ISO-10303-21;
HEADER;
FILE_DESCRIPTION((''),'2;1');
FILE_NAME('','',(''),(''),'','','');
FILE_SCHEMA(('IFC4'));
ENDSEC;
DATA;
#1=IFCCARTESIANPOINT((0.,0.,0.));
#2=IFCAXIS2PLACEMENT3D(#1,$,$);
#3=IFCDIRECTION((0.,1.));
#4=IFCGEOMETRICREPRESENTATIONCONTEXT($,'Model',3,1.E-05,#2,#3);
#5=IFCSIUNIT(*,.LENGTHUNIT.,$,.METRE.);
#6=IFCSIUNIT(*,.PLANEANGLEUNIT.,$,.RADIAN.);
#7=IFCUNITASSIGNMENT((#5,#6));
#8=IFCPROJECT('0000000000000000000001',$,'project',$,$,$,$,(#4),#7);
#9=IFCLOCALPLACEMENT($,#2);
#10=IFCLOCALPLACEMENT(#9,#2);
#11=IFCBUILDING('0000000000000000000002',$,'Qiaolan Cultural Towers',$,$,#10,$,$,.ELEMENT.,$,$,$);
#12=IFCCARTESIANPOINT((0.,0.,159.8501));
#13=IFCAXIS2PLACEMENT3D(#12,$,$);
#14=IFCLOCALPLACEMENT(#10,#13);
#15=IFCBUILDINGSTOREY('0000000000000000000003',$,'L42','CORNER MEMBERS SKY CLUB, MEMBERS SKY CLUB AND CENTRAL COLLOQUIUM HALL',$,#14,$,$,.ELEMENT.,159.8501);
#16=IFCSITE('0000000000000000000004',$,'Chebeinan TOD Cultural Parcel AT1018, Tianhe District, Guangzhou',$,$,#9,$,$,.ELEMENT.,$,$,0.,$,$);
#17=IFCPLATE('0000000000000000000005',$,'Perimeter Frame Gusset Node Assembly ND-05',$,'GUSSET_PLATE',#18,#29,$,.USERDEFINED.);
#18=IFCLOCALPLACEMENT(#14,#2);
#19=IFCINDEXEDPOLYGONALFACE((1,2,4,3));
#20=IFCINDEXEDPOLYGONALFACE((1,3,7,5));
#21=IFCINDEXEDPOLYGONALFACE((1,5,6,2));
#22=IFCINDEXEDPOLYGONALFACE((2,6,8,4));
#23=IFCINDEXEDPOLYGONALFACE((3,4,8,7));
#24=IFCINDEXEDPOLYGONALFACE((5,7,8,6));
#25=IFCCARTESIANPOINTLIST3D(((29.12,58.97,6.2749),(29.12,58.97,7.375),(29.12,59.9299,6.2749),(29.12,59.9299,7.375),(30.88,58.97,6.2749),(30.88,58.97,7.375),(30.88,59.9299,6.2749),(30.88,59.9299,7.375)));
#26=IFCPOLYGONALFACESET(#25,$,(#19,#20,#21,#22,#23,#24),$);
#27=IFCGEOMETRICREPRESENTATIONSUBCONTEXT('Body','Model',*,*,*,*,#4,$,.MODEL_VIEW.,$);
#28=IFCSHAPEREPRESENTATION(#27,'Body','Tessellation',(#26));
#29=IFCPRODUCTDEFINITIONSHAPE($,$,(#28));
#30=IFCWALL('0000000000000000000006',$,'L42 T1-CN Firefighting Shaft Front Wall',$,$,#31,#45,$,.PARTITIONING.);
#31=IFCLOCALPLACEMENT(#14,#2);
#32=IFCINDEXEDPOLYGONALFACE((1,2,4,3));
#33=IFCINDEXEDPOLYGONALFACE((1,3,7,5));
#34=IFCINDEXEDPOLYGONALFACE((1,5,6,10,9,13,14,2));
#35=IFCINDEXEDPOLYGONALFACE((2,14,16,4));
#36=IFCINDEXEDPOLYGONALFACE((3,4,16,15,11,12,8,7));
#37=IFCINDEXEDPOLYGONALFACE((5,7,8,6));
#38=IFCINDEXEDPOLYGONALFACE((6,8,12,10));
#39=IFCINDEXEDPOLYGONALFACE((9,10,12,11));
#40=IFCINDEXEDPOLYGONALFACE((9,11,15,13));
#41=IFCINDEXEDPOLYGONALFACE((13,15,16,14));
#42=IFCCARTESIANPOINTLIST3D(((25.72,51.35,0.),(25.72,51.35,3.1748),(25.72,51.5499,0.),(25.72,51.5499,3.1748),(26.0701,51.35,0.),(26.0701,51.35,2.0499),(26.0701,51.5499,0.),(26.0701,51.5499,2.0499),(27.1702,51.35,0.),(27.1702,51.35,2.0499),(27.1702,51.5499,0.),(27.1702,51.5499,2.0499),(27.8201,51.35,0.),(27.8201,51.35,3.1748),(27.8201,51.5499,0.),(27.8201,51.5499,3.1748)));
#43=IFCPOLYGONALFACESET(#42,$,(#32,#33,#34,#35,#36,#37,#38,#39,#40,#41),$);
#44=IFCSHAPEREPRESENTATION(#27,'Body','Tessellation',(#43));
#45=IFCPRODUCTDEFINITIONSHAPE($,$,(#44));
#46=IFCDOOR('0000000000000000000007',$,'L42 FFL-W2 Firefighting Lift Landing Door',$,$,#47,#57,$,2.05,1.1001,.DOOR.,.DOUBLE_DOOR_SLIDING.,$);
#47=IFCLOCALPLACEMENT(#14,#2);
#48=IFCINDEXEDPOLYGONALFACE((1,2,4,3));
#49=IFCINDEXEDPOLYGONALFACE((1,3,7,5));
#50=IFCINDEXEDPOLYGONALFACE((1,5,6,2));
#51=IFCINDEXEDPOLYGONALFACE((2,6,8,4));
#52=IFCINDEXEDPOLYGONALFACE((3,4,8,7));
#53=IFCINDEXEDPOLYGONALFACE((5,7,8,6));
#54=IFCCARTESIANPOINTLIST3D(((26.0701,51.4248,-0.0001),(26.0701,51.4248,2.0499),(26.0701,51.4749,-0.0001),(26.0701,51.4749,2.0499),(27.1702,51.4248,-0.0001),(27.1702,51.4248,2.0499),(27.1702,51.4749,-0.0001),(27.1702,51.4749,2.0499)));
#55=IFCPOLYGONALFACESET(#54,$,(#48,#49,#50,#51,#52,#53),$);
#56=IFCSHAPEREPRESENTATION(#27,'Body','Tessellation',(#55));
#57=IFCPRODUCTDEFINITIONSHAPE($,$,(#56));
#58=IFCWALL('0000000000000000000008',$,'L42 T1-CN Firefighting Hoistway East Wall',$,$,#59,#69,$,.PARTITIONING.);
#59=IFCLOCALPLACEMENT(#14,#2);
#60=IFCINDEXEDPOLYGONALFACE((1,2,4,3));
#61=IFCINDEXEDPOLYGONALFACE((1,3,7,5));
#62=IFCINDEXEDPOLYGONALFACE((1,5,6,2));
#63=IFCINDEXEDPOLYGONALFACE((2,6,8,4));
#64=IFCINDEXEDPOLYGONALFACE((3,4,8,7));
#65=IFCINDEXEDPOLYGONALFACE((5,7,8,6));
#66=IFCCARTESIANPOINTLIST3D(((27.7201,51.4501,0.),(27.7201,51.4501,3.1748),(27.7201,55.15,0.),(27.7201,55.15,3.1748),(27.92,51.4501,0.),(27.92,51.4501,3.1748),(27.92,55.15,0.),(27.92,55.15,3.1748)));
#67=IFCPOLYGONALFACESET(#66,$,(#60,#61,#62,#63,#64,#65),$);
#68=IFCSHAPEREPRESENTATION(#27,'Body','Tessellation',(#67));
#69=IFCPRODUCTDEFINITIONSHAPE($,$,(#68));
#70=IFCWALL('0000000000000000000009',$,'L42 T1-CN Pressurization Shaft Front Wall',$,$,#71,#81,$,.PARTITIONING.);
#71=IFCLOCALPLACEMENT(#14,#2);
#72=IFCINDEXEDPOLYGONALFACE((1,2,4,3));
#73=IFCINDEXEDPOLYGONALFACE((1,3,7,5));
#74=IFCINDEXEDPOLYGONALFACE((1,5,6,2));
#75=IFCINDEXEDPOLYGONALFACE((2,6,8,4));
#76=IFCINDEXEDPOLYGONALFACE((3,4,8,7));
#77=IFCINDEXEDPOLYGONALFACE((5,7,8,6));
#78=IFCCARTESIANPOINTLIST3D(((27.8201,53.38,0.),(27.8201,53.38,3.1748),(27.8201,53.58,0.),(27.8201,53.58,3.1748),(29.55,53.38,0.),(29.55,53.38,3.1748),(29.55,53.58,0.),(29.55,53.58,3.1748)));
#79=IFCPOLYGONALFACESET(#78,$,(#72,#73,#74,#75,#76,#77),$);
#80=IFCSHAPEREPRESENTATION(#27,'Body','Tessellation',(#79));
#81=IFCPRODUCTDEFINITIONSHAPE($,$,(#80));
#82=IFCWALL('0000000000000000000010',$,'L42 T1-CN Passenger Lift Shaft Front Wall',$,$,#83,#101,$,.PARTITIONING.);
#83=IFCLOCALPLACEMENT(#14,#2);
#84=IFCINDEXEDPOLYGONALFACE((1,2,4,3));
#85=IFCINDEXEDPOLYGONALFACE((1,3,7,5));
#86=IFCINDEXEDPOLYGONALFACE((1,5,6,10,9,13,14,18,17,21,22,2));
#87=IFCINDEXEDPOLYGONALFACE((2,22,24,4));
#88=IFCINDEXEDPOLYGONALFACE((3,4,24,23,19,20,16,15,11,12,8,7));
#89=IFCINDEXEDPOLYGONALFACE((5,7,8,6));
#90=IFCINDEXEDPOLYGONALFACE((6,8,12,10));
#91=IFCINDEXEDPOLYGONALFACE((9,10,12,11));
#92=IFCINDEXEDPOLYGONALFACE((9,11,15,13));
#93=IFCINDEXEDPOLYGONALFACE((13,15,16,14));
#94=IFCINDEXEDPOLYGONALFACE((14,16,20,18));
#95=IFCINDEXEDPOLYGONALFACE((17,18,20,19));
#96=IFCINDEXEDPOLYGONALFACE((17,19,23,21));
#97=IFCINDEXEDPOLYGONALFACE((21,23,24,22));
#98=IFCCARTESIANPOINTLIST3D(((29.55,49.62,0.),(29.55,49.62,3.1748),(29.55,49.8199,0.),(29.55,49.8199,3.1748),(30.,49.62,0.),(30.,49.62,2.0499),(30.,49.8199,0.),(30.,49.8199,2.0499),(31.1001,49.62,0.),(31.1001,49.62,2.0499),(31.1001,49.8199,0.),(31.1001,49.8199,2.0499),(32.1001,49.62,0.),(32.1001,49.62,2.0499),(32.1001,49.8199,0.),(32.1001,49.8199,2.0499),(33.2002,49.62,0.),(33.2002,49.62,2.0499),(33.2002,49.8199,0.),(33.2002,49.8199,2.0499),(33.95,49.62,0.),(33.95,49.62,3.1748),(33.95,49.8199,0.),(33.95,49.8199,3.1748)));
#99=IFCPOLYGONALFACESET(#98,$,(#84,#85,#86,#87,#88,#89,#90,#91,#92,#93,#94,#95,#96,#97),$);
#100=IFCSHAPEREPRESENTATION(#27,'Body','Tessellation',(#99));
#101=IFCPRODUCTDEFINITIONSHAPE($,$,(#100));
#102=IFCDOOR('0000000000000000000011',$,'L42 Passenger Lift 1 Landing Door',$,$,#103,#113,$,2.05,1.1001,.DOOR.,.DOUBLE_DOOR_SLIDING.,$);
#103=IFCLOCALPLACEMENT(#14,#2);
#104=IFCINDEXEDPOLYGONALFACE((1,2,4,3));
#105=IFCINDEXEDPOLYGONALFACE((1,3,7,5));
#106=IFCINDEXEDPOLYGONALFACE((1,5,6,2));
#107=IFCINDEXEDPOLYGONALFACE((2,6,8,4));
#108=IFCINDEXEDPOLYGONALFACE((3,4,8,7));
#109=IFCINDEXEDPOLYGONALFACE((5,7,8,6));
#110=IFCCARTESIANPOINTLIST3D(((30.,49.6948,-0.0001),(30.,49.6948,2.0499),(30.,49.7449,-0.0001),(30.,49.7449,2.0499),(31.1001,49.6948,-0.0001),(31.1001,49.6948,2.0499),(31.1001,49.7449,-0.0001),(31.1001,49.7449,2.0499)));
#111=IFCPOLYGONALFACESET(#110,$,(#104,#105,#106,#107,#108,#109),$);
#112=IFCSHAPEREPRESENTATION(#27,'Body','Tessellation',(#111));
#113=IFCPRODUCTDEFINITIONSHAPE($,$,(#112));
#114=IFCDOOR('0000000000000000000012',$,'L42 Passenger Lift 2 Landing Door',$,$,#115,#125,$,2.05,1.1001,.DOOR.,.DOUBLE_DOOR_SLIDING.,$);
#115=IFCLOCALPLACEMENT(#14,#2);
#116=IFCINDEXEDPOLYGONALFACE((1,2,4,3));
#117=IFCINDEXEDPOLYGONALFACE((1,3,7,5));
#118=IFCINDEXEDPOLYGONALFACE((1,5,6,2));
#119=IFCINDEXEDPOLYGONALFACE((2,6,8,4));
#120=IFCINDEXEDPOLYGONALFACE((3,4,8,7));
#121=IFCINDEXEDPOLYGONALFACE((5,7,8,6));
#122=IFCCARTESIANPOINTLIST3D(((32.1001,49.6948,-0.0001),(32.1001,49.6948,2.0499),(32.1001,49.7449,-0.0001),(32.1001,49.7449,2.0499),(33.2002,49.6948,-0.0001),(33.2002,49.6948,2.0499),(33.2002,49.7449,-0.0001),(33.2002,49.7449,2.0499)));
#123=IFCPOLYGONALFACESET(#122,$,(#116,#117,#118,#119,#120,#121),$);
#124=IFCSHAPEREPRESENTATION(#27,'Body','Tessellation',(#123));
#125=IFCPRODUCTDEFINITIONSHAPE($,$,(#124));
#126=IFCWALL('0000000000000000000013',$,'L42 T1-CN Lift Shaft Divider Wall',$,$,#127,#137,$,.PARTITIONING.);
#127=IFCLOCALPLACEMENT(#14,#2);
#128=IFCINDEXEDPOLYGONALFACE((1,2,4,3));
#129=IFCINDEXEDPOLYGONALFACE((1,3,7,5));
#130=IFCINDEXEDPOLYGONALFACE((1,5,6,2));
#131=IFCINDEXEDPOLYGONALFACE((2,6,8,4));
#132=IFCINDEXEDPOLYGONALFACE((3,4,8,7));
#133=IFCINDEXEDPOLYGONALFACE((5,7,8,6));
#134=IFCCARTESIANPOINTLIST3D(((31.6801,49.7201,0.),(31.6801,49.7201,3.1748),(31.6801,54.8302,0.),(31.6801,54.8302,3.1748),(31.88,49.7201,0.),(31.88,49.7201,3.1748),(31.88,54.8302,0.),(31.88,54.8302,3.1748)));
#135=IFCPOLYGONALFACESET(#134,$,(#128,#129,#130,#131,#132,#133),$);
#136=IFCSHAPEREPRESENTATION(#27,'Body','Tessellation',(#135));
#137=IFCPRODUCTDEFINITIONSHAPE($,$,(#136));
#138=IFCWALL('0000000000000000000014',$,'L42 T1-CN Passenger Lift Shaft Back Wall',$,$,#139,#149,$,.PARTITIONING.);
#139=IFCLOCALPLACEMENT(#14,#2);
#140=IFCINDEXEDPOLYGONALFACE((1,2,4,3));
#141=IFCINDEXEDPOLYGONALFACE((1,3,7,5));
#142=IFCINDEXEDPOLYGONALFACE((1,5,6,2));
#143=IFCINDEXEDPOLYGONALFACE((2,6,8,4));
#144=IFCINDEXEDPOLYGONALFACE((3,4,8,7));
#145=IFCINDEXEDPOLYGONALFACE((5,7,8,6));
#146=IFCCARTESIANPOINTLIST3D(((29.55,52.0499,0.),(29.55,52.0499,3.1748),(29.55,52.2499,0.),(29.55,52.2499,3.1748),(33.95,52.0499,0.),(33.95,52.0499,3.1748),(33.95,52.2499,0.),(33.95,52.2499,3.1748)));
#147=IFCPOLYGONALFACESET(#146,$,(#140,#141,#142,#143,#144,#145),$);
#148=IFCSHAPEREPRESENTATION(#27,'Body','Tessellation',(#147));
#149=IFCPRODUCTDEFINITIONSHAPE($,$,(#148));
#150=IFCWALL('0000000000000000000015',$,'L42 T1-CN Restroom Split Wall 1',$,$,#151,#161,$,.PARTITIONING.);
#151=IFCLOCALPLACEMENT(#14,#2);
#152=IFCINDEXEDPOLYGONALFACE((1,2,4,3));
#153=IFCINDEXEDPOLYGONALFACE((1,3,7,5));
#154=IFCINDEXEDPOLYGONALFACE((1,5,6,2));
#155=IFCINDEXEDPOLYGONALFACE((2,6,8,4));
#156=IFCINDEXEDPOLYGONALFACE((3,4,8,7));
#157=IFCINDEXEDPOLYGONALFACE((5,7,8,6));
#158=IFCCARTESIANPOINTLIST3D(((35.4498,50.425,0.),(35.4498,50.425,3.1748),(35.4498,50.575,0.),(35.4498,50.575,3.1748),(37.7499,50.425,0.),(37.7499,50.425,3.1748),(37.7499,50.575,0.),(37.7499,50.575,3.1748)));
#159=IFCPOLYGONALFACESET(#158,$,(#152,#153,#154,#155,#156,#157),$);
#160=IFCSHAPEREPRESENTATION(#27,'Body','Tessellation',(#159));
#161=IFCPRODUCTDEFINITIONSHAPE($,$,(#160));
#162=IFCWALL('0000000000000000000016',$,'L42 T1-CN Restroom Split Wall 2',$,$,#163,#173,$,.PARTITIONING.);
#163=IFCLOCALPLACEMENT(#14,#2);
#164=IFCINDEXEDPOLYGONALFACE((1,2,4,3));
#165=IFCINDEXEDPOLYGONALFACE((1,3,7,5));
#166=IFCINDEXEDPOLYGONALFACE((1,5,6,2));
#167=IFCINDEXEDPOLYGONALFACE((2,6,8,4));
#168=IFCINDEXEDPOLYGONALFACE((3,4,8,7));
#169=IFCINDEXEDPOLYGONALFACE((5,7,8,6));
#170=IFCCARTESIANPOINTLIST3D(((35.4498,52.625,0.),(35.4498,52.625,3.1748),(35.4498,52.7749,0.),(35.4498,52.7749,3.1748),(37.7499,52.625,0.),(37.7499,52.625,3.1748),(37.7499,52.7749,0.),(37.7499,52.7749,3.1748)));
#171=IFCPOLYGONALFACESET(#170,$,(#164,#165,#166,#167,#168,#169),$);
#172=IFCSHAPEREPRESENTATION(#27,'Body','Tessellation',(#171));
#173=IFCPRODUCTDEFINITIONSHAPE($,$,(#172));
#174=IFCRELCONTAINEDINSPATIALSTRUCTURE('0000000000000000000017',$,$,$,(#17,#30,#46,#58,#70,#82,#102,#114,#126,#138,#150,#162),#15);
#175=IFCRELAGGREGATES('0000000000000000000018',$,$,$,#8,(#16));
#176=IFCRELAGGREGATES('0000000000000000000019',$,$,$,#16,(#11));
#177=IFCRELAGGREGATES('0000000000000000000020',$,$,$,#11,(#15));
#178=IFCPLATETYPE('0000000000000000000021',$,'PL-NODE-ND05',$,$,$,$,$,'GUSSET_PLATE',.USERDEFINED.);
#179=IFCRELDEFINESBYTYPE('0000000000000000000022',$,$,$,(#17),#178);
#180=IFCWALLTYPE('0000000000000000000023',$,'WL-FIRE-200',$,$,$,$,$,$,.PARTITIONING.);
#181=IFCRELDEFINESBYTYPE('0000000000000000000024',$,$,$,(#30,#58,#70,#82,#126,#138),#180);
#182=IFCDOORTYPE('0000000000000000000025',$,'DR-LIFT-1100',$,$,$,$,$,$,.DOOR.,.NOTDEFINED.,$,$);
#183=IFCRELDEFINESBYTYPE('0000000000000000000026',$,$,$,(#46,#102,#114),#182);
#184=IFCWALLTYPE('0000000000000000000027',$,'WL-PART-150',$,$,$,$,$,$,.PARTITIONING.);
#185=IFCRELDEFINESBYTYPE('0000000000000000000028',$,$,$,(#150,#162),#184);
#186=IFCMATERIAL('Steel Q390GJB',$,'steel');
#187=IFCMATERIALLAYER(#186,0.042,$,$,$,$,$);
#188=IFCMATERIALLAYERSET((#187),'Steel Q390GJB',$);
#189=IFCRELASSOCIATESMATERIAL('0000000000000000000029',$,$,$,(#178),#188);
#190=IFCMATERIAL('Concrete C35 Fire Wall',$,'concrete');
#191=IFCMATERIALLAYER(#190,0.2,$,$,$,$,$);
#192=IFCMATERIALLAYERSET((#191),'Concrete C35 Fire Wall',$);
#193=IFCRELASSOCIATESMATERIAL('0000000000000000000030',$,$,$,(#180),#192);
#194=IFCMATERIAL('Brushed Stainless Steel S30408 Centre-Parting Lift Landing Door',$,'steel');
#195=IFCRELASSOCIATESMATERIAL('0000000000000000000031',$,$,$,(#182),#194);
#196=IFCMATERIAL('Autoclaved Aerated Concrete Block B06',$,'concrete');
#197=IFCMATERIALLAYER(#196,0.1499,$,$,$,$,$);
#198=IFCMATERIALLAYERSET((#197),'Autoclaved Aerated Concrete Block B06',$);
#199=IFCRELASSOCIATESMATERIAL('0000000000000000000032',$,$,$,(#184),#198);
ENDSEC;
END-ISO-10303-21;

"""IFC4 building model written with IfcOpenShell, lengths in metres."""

from ifc_helpers import new_model, si_unit, direction, frame, frame_2d, origin, origin_2d, place, context, subcontext, project, spatial, rectangle, extrude, material, layer, layer_set, type_object, element, fill, save


model = new_model("IFC4")

# Units and contexts
model_context = context("Model", 3, precision=1e-05, world=origin(), true_north=direction((0.0, 1.0)))
body_context = subcontext(model_context, "Body", "Model", "MODEL_VIEW")
ifc_project = project(units=[si_unit("LENGTHUNIT", "METRE"), si_unit("PLANEANGLEUNIT", "RADIAN")], contexts=[model_context])

# Site, building, storey
site_placement = place(None, origin())
site = spatial("IfcSite", under=ifc_project, at=site_placement, Name="Chebeinan TOD Cultural Parcel AT1018, Tianhe District, Guangzhou", CompositionType="ELEMENT", RefElevation=0.0)
building_placement = place(site_placement, origin())
building = spatial("IfcBuilding", under=site, at=building_placement, Name="Qiaolan Cultural Towers", CompositionType="ELEMENT")
storey_placement = place(building_placement, frame((0.0, 0.0, 159.8501)))
storey = spatial("IfcBuildingStorey", under=building, at=storey_placement, Name="L42", Description="CORNER MEMBERS SKY CLUB, MEMBERS SKY CLUB AND CENTRAL COLLOQUIUM HALL", CompositionType="ELEMENT", Elevation=159.8501)

# Plate
ifc_material_1 = material(Name="Steel Q390GJB", Category="steel")
ifc_layer_1 = layer(ifc_material_1, 0.042)
ifc_layer_set_1 = layer_set([ifc_layer_1], Name="Steel Q390GJB")
plate_type_1 = type_object("IfcPlateType", Name="PL-NODE-ND05", ElementType="GUSSET_PLATE", PredefinedType="USERDEFINED", material=ifc_layer_set_1)
plate_placement = place(storey_placement, frame((30.0, 59.45, 6.2749), z_axis=(0.0, 0.0, 1.0), x_axis=(1.0, 0.0, 0.0)))
element("IfcPlate", 1, at=plate_placement, inside=storey, type_object=plate_type_1, Name="Perimeter Frame Gusset Node Assembly ND-05", ObjectType="GUSSET_PLATE", PredefinedType="USERDEFINED", context=body_context, shape_type="SweptSolid", body=[
    extrude(rectangle(XDim=1.76, YDim=0.96, at=origin_2d()), origin(), (0.0, 0.0, 1.0), 1.1001),
])

# Wall, opening, door
ifc_material_2 = material(Name="Concrete C35 Fire Wall", Category="concrete")
ifc_layer_2 = layer(ifc_material_2, 0.2)
ifc_layer_set_2 = layer_set([ifc_layer_2], Name="Concrete C35 Fire Wall")
wall_type_1 = type_object("IfcWallType", Name="WL-FIRE-200", PredefinedType="PARTITIONING", material=ifc_layer_set_2)
wall_1_placement = place(storey_placement, frame((25.72, 51.45, 0.0), z_axis=(0.0, 0.0, 1.0), x_axis=(1.0, 0.0, 0.0)))
wall_1 = element("IfcWall", 2, at=wall_1_placement, inside=storey, type_object=wall_type_1, Name="L42 T1-CN Firefighting Shaft Front Wall", PredefinedType="PARTITIONING", context=body_context, shape_type="SweptSolid", body=[
    extrude(rectangle(XDim=2.1001, YDim=0.2, at=frame_2d((1.05, 0.0))), origin(), (0.0, 0.0, 1.0), 3.1748),
])
opening_1_placement = place(wall_1_placement, frame((0.3501, 0.0, 0.0)))
opening_1 = element("IfcOpeningElement", 3, at=opening_1_placement, cuts=wall_1, PredefinedType="OPENING", context=body_context, shape_type="SweptSolid", body=[
    extrude(rectangle(XDim=1.1001, YDim=2.05, at=frame_2d((0.55, 1.0249))), frame((0.0, 0.1099, 0.0), z_axis=(0.0, -1.0, 0.0), x_axis=(1.0, 0.0, 0.0)), (0.0, 0.0, 1.0), 0.22),
])
ifc_material_3 = material(Name="Brushed Stainless Steel S30408 Centre-Parting Lift Landing Door", Category="steel")
door_type = type_object("IfcDoorType", Name="DR-LIFT-1100", OperationType="NOTDEFINED", PredefinedType="DOOR", material=ifc_material_3)
door_1_placement = place(opening_1_placement, origin())
door_1 = element("IfcDoor", 4, at=door_1_placement, inside=storey, type_object=door_type, Name="L42 FFL-W2 Firefighting Lift Landing Door", OperationType="DOUBLE_DOOR_SLIDING", OverallHeight=2.05, OverallWidth=1.1001, PredefinedType="DOOR", context=body_context, shape_type="SweptSolid", body=[
    extrude(rectangle(XDim=1.1001, YDim=2.05, at=frame_2d((0.55, 1.0249))), frame((0.0, 0.0249, 0.0), z_axis=(0.0, -1.0, 0.0), x_axis=(1.0, 0.0, 0.0)), (0.0, 0.0, 1.0), 0.05),
])
fill(opening_1, door_1)

# Walls
wall_2_placement = place(storey_placement, frame((27.8201, 51.45, 0.0), z_axis=(0.0, 0.0, 1.0), x_axis=(0.0, 1.0, 0.0)))
element("IfcWall", 5, at=wall_2_placement, inside=storey, type_object=wall_type_1, Name="L42 T1-CN Firefighting Hoistway East Wall", PredefinedType="PARTITIONING", context=body_context, shape_type="SweptSolid", body=[
    extrude(rectangle(XDim=3.7, YDim=0.2, at=frame_2d((1.8501, 0.0))), origin(), (0.0, 0.0, 1.0), 3.1748),
])
wall_3_placement = place(storey_placement, frame((27.8201, 53.48, 0.0), z_axis=(0.0, 0.0, 1.0), x_axis=(1.0, 0.0, 0.0)))
element("IfcWall", 6, at=wall_3_placement, inside=storey, type_object=wall_type_1, Name="L42 T1-CN Pressurization Shaft Front Wall", PredefinedType="PARTITIONING", context=body_context, shape_type="SweptSolid", body=[
    extrude(rectangle(XDim=1.73, YDim=0.2, at=frame_2d((0.865, 0.0))), origin(), (0.0, 0.0, 1.0), 3.1748),
])

# Wall, openings, doors
wall_4_placement = place(storey_placement, frame((29.55, 49.72, 0.0), z_axis=(0.0, 0.0, 1.0), x_axis=(1.0, 0.0, 0.0)))
wall_4 = element("IfcWall", 7, at=wall_4_placement, inside=storey, type_object=wall_type_1, Name="L42 T1-CN Passenger Lift Shaft Front Wall", PredefinedType="PARTITIONING", context=body_context, shape_type="SweptSolid", body=[
    extrude(rectangle(XDim=4.3999, YDim=0.2, at=frame_2d((2.2, 0.0))), origin(), (0.0, 0.0, 1.0), 3.1748),
])
opening_2_placement = place(wall_4_placement, frame((0.45, 0.0, 0.0)))
opening_2 = element("IfcOpeningElement", 8, at=opening_2_placement, cuts=wall_4, PredefinedType="OPENING", context=body_context, shape_type="SweptSolid", body=[
    extrude(rectangle(XDim=1.1001, YDim=2.05, at=frame_2d((0.55, 1.0249))), frame((0.0, 0.1099, 0.0), z_axis=(0.0, -1.0, 0.0), x_axis=(1.0, 0.0, 0.0)), (0.0, 0.0, 1.0), 0.22),
])
opening_3_placement = place(wall_4_placement, frame((2.55, 0.0, 0.0)))
opening_3 = element("IfcOpeningElement", 9, at=opening_3_placement, cuts=wall_4, PredefinedType="OPENING", context=body_context, shape_type="SweptSolid", body=[
    extrude(rectangle(XDim=1.1001, YDim=2.05, at=frame_2d((0.55, 1.0249))), frame((0.0, 0.1099, 0.0), z_axis=(0.0, -1.0, 0.0), x_axis=(1.0, 0.0, 0.0)), (0.0, 0.0, 1.0), 0.22),
])
door_2_placement = place(opening_2_placement, origin())
door_2 = element("IfcDoor", 10, at=door_2_placement, inside=storey, type_object=door_type, Name="L42 Passenger Lift 1 Landing Door", OperationType="DOUBLE_DOOR_SLIDING", OverallHeight=2.05, OverallWidth=1.1001, PredefinedType="DOOR", context=body_context, shape_type="SweptSolid", body=[
    extrude(rectangle(XDim=1.1001, YDim=2.05, at=frame_2d((0.55, 1.0249))), frame((0.0, 0.0249, 0.0), z_axis=(0.0, -1.0, 0.0), x_axis=(1.0, 0.0, 0.0)), (0.0, 0.0, 1.0), 0.05),
])
fill(opening_2, door_2)
door_3_placement = place(opening_3_placement, origin())
door_3 = element("IfcDoor", 11, at=door_3_placement, inside=storey, type_object=door_type, Name="L42 Passenger Lift 2 Landing Door", OperationType="DOUBLE_DOOR_SLIDING", OverallHeight=2.05, OverallWidth=1.1001, PredefinedType="DOOR", context=body_context, shape_type="SweptSolid", body=[
    extrude(rectangle(XDim=1.1001, YDim=2.05, at=frame_2d((0.55, 1.0249))), frame((0.0, 0.0249, 0.0), z_axis=(0.0, -1.0, 0.0), x_axis=(1.0, 0.0, 0.0)), (0.0, 0.0, 1.0), 0.05),
])
fill(opening_3, door_3)

# Walls
wall_5_placement = place(storey_placement, frame((31.78, 49.72, 0.0), z_axis=(0.0, 0.0, 1.0), x_axis=(0.0, 1.0, 0.0)))
element("IfcWall", 12, at=wall_5_placement, inside=storey, type_object=wall_type_1, Name="L42 T1-CN Lift Shaft Divider Wall", PredefinedType="PARTITIONING", context=body_context, shape_type="SweptSolid", body=[
    extrude(rectangle(XDim=5.1101, YDim=0.2, at=frame_2d((2.5552, 0.0))), origin(), (0.0, 0.0, 1.0), 3.1748),
])
wall_6_placement = place(storey_placement, frame((29.55, 52.1499, 0.0), z_axis=(0.0, 0.0, 1.0), x_axis=(1.0, 0.0, 0.0)))
element("IfcWall", 13, at=wall_6_placement, inside=storey, type_object=wall_type_1, Name="L42 T1-CN Passenger Lift Shaft Back Wall", PredefinedType="PARTITIONING", context=body_context, shape_type="SweptSolid", body=[
    extrude(rectangle(XDim=4.3999, YDim=0.2, at=frame_2d((2.2, 0.0))), origin(), (0.0, 0.0, 1.0), 3.1748),
])
ifc_material_4 = material(Name="Autoclaved Aerated Concrete Block B06", Category="concrete")
ifc_layer_3 = layer(ifc_material_4, 0.1499)
ifc_layer_set_3 = layer_set([ifc_layer_3], Name="Autoclaved Aerated Concrete Block B06")
wall_type_2 = type_object("IfcWallType", Name="WL-PART-150", PredefinedType="PARTITIONING", material=ifc_layer_set_3)
for number, where, z_axis, x_axis, name in (
    (14, (35.45, 50.5, 0.0), (0.0, 0.0, 1.0), (1.0, 0.0, 0.0), "L42 T1-CN Restroom Split Wall 1"),
    (15, (35.45, 52.7, 0.0), (0.0, 0.0, 1.0), (1.0, 0.0, 0.0), "L42 T1-CN Restroom Split Wall 2"),
):
    element("IfcWall", number, at=place(storey_placement, frame(where, z_axis=z_axis, x_axis=x_axis)), inside=storey, type_object=wall_type_2, Name=name, PredefinedType="PARTITIONING", context=body_context, shape_type="SweptSolid", body=[
        extrude(rectangle(XDim=2.3, YDim=0.1499, at=frame_2d((1.1499, 0.0))), origin(), (0.0, 0.0, 1.0), 3.1748),
    ])

save(model, "model.ifc")
